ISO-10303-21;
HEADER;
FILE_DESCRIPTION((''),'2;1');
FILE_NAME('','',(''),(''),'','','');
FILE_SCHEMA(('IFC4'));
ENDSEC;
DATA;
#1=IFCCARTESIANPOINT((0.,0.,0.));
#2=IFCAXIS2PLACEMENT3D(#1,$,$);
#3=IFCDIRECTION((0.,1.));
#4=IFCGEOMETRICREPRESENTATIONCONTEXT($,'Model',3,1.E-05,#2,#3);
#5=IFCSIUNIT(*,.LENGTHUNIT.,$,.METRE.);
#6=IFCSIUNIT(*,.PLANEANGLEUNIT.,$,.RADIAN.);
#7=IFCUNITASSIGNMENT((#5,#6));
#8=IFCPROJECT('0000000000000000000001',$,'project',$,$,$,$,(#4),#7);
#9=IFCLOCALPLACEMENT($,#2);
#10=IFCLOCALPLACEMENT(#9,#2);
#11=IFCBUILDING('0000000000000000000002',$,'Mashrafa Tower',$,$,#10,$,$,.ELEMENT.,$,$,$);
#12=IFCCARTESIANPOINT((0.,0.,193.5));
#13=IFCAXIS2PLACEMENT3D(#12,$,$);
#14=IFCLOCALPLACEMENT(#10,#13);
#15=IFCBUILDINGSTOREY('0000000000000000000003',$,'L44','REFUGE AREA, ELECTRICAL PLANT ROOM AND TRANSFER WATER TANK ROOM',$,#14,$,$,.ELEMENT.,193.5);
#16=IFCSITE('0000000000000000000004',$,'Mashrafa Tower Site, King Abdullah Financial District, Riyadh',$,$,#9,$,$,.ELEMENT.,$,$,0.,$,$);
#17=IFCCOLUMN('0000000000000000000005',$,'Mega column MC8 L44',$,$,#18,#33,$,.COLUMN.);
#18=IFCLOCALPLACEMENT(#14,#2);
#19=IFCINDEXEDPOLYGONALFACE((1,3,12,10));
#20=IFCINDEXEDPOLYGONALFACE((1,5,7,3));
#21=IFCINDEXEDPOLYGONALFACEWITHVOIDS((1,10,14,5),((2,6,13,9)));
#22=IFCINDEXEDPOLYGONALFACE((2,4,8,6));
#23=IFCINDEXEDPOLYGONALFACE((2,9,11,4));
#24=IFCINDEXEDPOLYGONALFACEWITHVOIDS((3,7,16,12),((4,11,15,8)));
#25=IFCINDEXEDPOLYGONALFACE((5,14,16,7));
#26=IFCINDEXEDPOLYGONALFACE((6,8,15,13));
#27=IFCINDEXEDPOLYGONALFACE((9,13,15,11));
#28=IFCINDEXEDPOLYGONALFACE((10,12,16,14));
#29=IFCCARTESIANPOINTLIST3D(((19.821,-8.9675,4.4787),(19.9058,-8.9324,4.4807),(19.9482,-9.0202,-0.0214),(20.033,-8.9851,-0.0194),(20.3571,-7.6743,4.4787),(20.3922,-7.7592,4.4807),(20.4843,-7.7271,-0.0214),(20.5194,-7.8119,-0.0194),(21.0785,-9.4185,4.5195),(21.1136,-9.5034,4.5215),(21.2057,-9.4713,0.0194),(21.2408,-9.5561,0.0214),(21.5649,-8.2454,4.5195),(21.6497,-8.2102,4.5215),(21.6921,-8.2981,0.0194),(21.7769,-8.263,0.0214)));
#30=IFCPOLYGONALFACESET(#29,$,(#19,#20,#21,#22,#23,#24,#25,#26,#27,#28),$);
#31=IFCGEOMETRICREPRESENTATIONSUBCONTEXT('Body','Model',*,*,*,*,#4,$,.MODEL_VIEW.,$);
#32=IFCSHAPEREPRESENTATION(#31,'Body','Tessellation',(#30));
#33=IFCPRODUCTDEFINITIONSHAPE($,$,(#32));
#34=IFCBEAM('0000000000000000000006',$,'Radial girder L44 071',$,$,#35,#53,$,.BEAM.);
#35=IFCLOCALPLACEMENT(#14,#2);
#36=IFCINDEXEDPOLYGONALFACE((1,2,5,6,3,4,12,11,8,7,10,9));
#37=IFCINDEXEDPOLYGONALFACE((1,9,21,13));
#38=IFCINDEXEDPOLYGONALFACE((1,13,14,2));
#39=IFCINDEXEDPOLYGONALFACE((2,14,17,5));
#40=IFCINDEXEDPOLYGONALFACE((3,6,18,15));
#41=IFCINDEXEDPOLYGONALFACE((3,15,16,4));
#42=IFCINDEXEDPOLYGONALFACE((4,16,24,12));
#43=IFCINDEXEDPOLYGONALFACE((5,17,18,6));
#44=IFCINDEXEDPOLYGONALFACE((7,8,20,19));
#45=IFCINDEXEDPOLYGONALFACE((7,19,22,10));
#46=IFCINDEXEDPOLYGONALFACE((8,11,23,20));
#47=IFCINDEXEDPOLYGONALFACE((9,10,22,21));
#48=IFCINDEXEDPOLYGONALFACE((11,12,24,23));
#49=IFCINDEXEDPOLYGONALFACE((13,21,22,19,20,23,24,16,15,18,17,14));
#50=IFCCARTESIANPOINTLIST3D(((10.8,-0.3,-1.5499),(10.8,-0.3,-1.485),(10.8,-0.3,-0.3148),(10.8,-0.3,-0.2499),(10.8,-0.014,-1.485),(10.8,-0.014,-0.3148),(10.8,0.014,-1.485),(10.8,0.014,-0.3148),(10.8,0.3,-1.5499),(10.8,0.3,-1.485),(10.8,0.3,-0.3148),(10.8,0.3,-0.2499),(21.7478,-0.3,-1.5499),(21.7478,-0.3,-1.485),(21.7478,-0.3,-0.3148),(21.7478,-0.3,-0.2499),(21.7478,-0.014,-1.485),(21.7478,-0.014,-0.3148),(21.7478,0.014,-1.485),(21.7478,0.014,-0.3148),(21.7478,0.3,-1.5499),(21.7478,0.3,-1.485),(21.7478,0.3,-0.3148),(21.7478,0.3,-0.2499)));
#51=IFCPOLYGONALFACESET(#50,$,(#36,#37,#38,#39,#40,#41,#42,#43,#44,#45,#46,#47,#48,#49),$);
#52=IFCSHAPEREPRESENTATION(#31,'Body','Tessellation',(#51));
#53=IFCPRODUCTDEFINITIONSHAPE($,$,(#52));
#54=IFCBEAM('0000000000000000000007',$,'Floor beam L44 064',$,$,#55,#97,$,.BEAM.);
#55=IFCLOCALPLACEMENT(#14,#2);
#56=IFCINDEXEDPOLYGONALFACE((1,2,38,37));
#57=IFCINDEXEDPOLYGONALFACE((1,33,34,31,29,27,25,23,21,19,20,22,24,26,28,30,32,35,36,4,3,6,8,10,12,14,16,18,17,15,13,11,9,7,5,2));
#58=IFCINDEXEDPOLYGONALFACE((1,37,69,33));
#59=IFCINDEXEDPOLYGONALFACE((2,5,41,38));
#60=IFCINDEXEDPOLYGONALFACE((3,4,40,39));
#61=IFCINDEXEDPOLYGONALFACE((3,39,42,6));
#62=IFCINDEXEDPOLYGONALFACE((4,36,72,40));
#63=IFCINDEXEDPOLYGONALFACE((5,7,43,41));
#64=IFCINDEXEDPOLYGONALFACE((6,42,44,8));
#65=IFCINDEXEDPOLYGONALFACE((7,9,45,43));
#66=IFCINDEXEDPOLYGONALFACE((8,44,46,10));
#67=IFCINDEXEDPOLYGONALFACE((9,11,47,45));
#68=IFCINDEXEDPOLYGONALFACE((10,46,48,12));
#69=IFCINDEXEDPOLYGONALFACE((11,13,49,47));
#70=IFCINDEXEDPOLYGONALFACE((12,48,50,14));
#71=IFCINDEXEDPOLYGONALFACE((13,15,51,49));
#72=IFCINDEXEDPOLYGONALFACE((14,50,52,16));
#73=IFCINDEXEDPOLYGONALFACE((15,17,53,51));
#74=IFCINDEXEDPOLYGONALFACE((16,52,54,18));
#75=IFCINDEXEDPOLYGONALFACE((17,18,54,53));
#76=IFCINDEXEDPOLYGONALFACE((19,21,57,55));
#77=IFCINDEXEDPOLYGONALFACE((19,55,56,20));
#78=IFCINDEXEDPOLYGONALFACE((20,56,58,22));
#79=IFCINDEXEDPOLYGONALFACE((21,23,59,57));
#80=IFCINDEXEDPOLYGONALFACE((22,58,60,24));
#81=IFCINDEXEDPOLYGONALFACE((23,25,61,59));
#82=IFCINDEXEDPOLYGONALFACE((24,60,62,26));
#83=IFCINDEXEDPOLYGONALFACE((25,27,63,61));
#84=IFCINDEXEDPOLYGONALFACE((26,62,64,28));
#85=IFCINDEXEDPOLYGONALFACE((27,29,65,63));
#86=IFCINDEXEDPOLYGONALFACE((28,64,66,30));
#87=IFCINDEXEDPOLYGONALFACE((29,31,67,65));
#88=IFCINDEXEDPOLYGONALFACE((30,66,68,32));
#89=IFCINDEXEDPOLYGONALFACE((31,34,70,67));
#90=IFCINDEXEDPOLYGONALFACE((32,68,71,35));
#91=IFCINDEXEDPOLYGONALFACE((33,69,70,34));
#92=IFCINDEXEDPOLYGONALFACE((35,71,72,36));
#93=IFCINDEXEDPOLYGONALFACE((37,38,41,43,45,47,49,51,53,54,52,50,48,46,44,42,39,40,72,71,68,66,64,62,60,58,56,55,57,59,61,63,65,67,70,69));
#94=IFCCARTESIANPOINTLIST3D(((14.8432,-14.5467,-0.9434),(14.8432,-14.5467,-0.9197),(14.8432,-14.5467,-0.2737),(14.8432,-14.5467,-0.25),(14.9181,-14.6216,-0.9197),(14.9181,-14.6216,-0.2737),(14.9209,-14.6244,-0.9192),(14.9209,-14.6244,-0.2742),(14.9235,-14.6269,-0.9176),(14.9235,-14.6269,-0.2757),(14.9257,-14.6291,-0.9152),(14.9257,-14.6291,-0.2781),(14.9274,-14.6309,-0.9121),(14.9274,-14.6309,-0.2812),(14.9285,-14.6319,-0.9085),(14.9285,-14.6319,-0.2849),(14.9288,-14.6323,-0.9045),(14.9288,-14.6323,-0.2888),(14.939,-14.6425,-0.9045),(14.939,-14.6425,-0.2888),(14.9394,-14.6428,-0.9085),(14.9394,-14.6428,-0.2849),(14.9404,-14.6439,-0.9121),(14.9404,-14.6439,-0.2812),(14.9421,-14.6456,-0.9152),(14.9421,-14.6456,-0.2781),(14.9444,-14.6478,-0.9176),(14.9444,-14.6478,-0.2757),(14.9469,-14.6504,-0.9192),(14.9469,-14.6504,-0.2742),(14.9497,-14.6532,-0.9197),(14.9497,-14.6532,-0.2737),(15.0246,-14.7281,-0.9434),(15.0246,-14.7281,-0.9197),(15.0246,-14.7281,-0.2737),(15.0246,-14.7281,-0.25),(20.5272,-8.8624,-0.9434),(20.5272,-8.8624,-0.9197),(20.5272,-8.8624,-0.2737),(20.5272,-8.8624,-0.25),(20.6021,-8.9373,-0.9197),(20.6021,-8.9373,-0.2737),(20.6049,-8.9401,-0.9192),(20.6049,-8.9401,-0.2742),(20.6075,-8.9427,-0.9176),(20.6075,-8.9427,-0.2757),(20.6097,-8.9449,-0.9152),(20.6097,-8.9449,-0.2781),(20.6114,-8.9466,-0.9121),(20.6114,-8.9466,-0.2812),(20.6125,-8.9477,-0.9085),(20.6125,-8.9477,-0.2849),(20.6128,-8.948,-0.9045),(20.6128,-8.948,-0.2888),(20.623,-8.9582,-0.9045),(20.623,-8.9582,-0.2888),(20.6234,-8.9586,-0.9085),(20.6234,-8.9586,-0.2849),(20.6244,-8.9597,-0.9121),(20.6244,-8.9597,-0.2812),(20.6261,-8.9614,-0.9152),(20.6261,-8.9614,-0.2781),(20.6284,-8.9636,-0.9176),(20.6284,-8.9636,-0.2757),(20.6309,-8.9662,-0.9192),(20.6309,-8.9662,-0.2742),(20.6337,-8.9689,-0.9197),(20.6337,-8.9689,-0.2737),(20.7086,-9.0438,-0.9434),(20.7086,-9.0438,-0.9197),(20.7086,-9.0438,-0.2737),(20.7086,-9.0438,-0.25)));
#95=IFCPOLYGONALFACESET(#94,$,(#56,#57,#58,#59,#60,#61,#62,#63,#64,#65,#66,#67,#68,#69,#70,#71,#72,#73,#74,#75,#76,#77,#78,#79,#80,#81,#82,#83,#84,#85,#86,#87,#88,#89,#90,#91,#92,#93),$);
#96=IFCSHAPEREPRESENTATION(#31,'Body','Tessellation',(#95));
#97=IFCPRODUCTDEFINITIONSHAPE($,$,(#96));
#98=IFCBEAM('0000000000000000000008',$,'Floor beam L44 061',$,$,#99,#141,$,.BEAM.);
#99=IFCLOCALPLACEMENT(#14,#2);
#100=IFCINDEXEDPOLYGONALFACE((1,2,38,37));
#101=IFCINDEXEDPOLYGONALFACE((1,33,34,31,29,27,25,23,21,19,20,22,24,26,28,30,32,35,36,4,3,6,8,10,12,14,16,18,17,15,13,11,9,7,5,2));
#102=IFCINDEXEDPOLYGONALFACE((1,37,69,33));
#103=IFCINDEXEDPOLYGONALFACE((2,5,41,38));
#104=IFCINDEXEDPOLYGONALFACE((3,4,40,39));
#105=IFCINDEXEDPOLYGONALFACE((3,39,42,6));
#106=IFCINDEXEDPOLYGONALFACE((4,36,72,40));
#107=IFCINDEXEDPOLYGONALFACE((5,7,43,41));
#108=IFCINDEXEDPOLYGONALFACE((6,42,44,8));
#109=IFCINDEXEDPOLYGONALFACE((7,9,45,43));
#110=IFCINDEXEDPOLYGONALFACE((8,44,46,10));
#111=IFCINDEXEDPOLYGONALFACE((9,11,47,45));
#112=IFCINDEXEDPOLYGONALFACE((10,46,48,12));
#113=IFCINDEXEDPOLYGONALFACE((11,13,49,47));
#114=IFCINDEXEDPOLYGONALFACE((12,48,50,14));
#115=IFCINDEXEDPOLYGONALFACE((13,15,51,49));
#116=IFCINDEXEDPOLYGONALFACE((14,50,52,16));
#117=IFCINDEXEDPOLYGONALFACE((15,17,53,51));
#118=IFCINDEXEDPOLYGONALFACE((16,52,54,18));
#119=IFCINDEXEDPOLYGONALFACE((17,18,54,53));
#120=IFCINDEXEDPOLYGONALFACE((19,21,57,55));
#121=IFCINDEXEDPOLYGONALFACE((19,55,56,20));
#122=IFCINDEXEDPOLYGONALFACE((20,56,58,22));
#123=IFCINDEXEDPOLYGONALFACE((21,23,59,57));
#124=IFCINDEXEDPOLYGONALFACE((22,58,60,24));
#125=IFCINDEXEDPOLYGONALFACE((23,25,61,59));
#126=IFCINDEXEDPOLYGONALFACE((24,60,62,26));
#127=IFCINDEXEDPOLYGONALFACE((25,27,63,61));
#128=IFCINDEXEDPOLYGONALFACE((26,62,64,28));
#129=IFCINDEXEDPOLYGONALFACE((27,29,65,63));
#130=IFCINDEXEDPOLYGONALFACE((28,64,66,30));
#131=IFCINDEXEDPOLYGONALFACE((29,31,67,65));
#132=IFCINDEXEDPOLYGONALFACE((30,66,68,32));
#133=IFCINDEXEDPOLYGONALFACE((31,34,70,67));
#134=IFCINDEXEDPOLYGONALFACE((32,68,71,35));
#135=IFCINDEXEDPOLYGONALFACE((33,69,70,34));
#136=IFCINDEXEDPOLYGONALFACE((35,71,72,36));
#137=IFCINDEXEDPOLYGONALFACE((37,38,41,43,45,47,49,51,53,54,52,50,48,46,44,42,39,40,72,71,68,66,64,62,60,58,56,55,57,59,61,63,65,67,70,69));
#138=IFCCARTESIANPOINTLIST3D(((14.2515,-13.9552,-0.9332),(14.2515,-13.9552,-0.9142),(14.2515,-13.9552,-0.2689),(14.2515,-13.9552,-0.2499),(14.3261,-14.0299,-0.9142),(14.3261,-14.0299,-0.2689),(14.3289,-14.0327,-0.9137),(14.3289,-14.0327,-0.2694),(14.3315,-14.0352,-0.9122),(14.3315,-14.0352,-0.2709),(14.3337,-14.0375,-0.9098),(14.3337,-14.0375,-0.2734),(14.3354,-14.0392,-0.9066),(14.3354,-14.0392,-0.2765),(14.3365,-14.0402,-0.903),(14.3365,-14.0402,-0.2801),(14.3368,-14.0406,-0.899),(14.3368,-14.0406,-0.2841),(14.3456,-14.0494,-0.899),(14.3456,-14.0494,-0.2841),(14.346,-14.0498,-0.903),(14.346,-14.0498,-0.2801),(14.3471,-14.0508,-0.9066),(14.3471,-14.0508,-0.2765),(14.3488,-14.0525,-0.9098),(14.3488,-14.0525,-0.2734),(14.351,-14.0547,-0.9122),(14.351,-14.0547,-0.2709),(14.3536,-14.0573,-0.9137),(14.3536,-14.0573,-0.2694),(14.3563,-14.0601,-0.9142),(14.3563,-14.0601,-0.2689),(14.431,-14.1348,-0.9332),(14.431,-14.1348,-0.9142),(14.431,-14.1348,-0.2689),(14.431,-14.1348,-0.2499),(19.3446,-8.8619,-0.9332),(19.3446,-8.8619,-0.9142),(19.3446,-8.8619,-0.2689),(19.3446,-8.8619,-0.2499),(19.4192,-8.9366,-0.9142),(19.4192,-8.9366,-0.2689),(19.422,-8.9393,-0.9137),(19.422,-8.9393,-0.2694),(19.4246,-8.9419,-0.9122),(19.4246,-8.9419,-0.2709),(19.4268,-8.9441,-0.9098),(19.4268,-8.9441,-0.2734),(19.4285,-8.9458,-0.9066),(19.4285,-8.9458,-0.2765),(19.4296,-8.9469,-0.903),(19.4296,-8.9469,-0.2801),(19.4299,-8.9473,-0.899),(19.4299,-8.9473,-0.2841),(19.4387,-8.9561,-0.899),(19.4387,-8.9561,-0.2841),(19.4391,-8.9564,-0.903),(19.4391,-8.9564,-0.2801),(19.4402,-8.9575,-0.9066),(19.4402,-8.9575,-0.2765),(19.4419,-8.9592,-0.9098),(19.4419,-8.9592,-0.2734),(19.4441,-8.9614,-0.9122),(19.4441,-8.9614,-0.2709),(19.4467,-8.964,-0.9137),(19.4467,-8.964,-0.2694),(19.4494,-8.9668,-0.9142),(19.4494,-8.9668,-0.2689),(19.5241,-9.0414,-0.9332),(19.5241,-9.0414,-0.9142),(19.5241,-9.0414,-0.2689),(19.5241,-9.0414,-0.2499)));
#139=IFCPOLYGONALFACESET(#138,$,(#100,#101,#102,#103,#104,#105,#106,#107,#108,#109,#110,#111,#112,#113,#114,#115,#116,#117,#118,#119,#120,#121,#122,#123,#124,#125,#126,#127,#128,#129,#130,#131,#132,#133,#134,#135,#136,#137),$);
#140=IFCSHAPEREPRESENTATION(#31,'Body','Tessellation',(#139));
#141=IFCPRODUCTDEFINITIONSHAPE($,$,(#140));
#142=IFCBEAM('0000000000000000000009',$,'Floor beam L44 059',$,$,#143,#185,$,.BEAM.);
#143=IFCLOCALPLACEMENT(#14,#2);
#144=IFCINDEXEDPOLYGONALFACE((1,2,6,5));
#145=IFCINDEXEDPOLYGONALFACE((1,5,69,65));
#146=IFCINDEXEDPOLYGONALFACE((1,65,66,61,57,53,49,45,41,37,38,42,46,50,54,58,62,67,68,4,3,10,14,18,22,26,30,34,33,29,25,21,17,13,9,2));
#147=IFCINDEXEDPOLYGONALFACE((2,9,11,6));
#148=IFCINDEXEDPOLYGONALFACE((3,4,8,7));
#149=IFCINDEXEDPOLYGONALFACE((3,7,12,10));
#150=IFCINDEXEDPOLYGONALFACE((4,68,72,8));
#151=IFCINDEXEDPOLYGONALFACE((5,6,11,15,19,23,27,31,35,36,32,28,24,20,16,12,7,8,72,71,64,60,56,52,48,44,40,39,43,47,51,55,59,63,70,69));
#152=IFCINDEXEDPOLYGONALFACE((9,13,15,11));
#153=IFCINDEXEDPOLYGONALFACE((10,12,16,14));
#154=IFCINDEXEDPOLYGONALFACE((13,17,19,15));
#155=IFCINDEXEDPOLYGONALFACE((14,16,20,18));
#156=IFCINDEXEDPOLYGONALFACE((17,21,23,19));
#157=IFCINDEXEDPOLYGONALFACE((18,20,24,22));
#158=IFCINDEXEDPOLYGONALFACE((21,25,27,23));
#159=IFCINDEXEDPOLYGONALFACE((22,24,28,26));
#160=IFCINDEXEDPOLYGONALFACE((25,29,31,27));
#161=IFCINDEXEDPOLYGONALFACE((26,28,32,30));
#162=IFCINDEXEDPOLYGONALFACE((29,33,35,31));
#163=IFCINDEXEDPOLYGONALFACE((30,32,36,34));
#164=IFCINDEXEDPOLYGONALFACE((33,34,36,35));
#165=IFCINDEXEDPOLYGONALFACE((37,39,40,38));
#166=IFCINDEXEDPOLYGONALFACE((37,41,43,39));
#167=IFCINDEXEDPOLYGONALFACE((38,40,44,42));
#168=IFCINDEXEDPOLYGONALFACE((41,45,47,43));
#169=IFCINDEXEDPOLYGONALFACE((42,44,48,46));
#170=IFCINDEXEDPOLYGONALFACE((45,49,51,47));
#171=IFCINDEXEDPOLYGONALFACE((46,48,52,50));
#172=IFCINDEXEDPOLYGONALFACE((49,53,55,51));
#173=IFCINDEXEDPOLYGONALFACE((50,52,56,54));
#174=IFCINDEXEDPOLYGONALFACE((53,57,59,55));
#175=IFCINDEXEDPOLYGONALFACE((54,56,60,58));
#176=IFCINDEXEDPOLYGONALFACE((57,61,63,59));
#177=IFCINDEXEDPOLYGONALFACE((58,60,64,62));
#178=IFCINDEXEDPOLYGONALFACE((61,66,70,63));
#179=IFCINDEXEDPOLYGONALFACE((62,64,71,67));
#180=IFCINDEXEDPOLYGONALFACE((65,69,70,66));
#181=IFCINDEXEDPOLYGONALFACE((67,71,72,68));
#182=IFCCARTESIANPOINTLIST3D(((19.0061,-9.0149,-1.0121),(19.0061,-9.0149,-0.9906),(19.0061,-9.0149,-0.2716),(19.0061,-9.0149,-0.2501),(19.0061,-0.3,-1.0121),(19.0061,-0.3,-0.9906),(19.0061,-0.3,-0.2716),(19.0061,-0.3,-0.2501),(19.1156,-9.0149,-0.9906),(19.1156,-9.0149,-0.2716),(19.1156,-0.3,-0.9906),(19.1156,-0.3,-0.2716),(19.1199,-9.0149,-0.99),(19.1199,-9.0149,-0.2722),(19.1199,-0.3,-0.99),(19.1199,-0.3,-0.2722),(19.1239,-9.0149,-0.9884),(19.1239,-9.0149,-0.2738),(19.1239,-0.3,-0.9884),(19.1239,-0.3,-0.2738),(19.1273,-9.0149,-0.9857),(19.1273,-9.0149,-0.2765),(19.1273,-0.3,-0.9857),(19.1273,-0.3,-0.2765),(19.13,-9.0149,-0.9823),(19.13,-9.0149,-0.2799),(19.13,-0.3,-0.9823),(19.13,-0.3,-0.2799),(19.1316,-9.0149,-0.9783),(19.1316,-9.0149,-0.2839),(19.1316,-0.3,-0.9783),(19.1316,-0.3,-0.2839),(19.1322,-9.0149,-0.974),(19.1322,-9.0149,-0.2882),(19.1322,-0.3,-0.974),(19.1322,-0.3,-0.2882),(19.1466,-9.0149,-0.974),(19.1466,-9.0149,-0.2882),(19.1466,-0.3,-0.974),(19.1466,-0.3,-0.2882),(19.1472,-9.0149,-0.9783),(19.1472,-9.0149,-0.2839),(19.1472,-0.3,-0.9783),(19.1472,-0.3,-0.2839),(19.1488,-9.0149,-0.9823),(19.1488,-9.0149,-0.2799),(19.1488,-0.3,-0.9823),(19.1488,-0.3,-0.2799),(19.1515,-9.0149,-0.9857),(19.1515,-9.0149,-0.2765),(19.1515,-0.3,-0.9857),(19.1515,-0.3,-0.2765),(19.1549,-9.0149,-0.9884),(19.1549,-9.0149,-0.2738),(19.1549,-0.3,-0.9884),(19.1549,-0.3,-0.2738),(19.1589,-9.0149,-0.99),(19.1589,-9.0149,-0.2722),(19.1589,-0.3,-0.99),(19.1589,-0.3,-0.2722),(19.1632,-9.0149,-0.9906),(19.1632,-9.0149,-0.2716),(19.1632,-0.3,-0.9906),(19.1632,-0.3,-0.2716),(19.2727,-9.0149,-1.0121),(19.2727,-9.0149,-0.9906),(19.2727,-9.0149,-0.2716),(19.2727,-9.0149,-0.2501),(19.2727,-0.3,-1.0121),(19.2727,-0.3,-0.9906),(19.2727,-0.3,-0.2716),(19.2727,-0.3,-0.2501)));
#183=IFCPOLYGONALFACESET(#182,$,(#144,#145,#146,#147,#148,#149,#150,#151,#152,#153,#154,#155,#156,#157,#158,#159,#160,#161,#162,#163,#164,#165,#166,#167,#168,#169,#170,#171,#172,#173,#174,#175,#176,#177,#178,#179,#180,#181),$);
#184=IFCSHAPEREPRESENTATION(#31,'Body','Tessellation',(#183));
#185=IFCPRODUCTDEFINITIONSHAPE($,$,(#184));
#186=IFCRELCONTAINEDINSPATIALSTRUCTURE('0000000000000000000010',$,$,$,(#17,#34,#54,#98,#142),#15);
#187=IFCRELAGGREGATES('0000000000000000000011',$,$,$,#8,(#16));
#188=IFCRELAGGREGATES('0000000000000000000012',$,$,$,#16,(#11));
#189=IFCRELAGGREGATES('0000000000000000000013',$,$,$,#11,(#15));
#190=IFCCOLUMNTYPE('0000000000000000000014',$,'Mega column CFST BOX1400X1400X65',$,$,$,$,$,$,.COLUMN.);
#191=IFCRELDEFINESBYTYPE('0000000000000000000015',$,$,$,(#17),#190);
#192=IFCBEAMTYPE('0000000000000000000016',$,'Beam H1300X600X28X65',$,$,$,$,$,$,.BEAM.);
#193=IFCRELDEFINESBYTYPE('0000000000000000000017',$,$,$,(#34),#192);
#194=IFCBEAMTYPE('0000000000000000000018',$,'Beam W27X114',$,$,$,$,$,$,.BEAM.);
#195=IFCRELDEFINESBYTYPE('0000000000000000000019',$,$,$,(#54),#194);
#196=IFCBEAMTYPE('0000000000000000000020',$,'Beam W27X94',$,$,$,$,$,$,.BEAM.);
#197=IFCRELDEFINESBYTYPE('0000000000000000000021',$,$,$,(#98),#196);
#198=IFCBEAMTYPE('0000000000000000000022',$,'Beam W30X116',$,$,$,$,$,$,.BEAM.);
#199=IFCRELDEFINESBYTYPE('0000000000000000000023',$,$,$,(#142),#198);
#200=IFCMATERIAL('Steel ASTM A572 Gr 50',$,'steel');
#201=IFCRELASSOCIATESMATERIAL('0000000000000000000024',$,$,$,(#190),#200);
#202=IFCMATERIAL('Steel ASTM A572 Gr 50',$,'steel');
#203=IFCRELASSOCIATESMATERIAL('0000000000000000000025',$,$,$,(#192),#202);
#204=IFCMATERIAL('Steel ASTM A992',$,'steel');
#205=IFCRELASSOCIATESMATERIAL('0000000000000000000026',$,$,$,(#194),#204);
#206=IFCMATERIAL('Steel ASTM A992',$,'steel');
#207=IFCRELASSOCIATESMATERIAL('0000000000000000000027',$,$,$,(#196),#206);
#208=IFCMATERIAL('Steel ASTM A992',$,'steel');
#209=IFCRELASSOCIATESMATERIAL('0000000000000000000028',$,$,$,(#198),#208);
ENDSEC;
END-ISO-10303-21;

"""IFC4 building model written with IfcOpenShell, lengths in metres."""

from ifc_helpers import new_model, si_unit, direction, frame, origin, origin_2d, place, context, subcontext, project, spatial, hollow_rectangle, i_section, extrude, material, material_profile, profile_set, type_object, element, save


model = new_model("IFC4")

# Units and contexts
model_context = context("Model", 3, precision=1e-05, world=origin(), true_north=direction((0.0, 1.0)))
body_context = subcontext(model_context, "Body", "Model", "MODEL_VIEW")
ifc_project = project(units=[si_unit("LENGTHUNIT", "METRE"), si_unit("PLANEANGLEUNIT", "RADIAN")], contexts=[model_context])

# Site, building, storey
site_placement = place(None, origin())
site = spatial("IfcSite", under=ifc_project, at=site_placement, Name="Mashrafa Tower Site, King Abdullah Financial District, Riyadh", CompositionType="ELEMENT", RefElevation=0.0)
building_placement = place(site_placement, origin())
building = spatial("IfcBuilding", under=site, at=building_placement, Name="Mashrafa Tower", CompositionType="ELEMENT")
storey_placement = place(building_placement, frame((0.0, 0.0, 193.5)))
storey = spatial("IfcBuildingStorey", under=building, at=storey_placement, Name="L44", Description="REFUGE AREA, ELECTRICAL PLANT ROOM AND TRANSFER WATER TANK ROOM", CompositionType="ELEMENT", Elevation=193.5)

# Column
ifc_material_1 = material(Name="Steel ASTM A572 Gr 50", Category="steel")
ifc_material_profile_1 = material_profile(ifc_material_1, hollow_rectangle(XDim=1.3999, YDim=1.3999, WallThickness=0.0649, at=origin_2d()), Name="BOX1400X1400X65")
ifc_profile_set_1 = profile_set([ifc_material_profile_1], Name="Steel ASTM A572 Gr 50")
column_type = type_object("IfcColumnType", Name="Mega column CFST BOX1400X1400X65", PredefinedType="COLUMN", material=ifc_profile_set_1)
column_placement = place(storey_placement, frame((20.8625, -8.6416, 0.0), z_axis=(-0.028253, 0.011713, 0.999532), x_axis=(-0.382978, -0.923757, 0.0)))
element("IfcColumn", 1, at=column_placement, inside=storey, type_object=column_type, Name="Mega column MC8 L44", PredefinedType="COLUMN", context=body_context, shape_type="SweptSolid", body=[
    extrude(hollow_rectangle(XDim=1.3999, YDim=1.3999, WallThickness=0.0649, at=origin_2d()), origin(), (0.0, 0.0, 1.0), 4.5022),
])

# Beams
ifc_material_2 = material(Name="Steel ASTM A572 Gr 50", Category="steel")
ifc_material_profile_2 = material_profile(ifc_material_2, i_section(OverallWidth=0.6001, OverallDepth=1.3, WebThickness=0.0281, FlangeThickness=0.0649, at=origin_2d()), Name="H1300X600X28X65")
ifc_profile_set_2 = profile_set([ifc_material_profile_2], Name="Steel ASTM A572 Gr 50")
beam_type_1 = type_object("IfcBeamType", Name="Beam H1300X600X28X65", PredefinedType="BEAM", material=ifc_profile_set_2)
beam_1_placement = place(storey_placement, frame((10.8, 0.0, -0.8999), z_axis=(1.0, 0.0, 0.0), x_axis=(0.0, 1.0, 0.0)))
element("IfcBeam", 2, at=beam_1_placement, inside=storey, type_object=beam_type_1, Name="Radial girder L44 071", PredefinedType="BEAM", context=body_context, shape_type="SweptSolid", body=[
    extrude(i_section(OverallWidth=0.6001, OverallDepth=1.3, WebThickness=0.0281, FlangeThickness=0.0649, at=origin_2d()), origin(), (0.0, 0.0, 1.0), 10.9478),
])
ifc_material_3 = material(Name="Steel ASTM A992", Category="steel")
ifc_material_profile_3 = material_profile(ifc_material_3, i_section(OverallWidth=0.2566, OverallDepth=0.6934, WebThickness=0.0144, FlangeThickness=0.0237, FilletRadius=0.0151, at=origin_2d()), Name="W27X114")
ifc_profile_set_3 = profile_set([ifc_material_profile_3], Name="Steel ASTM A992")
beam_type_2 = type_object("IfcBeamType", Name="Beam W27X114", PredefinedType="BEAM", material=ifc_profile_set_3)
beam_2_placement = place(storey_placement, frame((20.6179, -8.9531, -0.5967), z_axis=(-0.707092, -0.707122, 0.0), x_axis=(0.707122, -0.707092, 0.0)))
element("IfcBeam", 3, at=beam_2_placement, inside=storey, type_object=beam_type_2, Name="Floor beam L44 064", PredefinedType="BEAM", context=body_context, shape_type="SweptSolid", body=[
    extrude(i_section(OverallWidth=0.2566, OverallDepth=0.6934, WebThickness=0.0144, FlangeThickness=0.0237, FilletRadius=0.0151, at=origin_2d()), origin(), (0.0, 0.0, 1.0), 8.0386),
])
ifc_material_4 = material(Name="Steel ASTM A992", Category="steel")
ifc_material_profile_4 = material_profile(ifc_material_4, i_section(OverallWidth=0.2539, OverallDepth=0.6833, WebThickness=0.0125, FlangeThickness=0.019, FilletRadius=0.0151, at=origin_2d()), Name="W27X94")
ifc_profile_set_4 = profile_set([ifc_material_profile_4], Name="Steel ASTM A992")
beam_type_3 = type_object("IfcBeamType", Name="Beam W27X94", PredefinedType="BEAM", material=ifc_profile_set_4)
beam_3_placement = place(storey_placement, frame((19.4343, -8.9517, -0.5916), z_axis=(-0.70709, -0.707124, 0.0), x_axis=(0.707124, -0.70709, 0.0)))
element("IfcBeam", 4, at=beam_3_placement, inside=storey, type_object=beam_type_3, Name="Floor beam L44 061", PredefinedType="BEAM", context=body_context, shape_type="SweptSolid", body=[
    extrude(i_section(OverallWidth=0.2539, OverallDepth=0.6833, WebThickness=0.0125, FlangeThickness=0.019, FilletRadius=0.0151, at=origin_2d()), origin(), (0.0, 0.0, 1.0), 7.2029),
])
ifc_material_5 = material(Name="Steel ASTM A992", Category="steel")
ifc_material_profile_5 = material_profile(ifc_material_5, i_section(OverallWidth=0.2666, OverallDepth=0.762, WebThickness=0.0144, FlangeThickness=0.0215, FilletRadius=0.0166, at=origin_2d()), Name="W30X116")
ifc_profile_set_5 = profile_set([ifc_material_profile_5], Name="Steel ASTM A992")
beam_type_4 = type_object("IfcBeamType", Name="Beam W30X116", PredefinedType="BEAM", material=ifc_profile_set_5)
beam_4_placement = place(storey_placement, frame((19.1394, -0.3, -0.6311), z_axis=(0.0, -1.0, 0.0), x_axis=(1.0, 0.0, 0.0)))
element("IfcBeam", 5, at=beam_4_placement, inside=storey, type_object=beam_type_4, Name="Floor beam L44 059", PredefinedType="BEAM", context=body_context, shape_type="SweptSolid", body=[
    extrude(i_section(OverallWidth=0.2666, OverallDepth=0.762, WebThickness=0.0144, FlangeThickness=0.0215, FilletRadius=0.0166, at=origin_2d()), origin(), (0.0, 0.0, 1.0), 8.7148),
])

save(model, "model.ifc")
